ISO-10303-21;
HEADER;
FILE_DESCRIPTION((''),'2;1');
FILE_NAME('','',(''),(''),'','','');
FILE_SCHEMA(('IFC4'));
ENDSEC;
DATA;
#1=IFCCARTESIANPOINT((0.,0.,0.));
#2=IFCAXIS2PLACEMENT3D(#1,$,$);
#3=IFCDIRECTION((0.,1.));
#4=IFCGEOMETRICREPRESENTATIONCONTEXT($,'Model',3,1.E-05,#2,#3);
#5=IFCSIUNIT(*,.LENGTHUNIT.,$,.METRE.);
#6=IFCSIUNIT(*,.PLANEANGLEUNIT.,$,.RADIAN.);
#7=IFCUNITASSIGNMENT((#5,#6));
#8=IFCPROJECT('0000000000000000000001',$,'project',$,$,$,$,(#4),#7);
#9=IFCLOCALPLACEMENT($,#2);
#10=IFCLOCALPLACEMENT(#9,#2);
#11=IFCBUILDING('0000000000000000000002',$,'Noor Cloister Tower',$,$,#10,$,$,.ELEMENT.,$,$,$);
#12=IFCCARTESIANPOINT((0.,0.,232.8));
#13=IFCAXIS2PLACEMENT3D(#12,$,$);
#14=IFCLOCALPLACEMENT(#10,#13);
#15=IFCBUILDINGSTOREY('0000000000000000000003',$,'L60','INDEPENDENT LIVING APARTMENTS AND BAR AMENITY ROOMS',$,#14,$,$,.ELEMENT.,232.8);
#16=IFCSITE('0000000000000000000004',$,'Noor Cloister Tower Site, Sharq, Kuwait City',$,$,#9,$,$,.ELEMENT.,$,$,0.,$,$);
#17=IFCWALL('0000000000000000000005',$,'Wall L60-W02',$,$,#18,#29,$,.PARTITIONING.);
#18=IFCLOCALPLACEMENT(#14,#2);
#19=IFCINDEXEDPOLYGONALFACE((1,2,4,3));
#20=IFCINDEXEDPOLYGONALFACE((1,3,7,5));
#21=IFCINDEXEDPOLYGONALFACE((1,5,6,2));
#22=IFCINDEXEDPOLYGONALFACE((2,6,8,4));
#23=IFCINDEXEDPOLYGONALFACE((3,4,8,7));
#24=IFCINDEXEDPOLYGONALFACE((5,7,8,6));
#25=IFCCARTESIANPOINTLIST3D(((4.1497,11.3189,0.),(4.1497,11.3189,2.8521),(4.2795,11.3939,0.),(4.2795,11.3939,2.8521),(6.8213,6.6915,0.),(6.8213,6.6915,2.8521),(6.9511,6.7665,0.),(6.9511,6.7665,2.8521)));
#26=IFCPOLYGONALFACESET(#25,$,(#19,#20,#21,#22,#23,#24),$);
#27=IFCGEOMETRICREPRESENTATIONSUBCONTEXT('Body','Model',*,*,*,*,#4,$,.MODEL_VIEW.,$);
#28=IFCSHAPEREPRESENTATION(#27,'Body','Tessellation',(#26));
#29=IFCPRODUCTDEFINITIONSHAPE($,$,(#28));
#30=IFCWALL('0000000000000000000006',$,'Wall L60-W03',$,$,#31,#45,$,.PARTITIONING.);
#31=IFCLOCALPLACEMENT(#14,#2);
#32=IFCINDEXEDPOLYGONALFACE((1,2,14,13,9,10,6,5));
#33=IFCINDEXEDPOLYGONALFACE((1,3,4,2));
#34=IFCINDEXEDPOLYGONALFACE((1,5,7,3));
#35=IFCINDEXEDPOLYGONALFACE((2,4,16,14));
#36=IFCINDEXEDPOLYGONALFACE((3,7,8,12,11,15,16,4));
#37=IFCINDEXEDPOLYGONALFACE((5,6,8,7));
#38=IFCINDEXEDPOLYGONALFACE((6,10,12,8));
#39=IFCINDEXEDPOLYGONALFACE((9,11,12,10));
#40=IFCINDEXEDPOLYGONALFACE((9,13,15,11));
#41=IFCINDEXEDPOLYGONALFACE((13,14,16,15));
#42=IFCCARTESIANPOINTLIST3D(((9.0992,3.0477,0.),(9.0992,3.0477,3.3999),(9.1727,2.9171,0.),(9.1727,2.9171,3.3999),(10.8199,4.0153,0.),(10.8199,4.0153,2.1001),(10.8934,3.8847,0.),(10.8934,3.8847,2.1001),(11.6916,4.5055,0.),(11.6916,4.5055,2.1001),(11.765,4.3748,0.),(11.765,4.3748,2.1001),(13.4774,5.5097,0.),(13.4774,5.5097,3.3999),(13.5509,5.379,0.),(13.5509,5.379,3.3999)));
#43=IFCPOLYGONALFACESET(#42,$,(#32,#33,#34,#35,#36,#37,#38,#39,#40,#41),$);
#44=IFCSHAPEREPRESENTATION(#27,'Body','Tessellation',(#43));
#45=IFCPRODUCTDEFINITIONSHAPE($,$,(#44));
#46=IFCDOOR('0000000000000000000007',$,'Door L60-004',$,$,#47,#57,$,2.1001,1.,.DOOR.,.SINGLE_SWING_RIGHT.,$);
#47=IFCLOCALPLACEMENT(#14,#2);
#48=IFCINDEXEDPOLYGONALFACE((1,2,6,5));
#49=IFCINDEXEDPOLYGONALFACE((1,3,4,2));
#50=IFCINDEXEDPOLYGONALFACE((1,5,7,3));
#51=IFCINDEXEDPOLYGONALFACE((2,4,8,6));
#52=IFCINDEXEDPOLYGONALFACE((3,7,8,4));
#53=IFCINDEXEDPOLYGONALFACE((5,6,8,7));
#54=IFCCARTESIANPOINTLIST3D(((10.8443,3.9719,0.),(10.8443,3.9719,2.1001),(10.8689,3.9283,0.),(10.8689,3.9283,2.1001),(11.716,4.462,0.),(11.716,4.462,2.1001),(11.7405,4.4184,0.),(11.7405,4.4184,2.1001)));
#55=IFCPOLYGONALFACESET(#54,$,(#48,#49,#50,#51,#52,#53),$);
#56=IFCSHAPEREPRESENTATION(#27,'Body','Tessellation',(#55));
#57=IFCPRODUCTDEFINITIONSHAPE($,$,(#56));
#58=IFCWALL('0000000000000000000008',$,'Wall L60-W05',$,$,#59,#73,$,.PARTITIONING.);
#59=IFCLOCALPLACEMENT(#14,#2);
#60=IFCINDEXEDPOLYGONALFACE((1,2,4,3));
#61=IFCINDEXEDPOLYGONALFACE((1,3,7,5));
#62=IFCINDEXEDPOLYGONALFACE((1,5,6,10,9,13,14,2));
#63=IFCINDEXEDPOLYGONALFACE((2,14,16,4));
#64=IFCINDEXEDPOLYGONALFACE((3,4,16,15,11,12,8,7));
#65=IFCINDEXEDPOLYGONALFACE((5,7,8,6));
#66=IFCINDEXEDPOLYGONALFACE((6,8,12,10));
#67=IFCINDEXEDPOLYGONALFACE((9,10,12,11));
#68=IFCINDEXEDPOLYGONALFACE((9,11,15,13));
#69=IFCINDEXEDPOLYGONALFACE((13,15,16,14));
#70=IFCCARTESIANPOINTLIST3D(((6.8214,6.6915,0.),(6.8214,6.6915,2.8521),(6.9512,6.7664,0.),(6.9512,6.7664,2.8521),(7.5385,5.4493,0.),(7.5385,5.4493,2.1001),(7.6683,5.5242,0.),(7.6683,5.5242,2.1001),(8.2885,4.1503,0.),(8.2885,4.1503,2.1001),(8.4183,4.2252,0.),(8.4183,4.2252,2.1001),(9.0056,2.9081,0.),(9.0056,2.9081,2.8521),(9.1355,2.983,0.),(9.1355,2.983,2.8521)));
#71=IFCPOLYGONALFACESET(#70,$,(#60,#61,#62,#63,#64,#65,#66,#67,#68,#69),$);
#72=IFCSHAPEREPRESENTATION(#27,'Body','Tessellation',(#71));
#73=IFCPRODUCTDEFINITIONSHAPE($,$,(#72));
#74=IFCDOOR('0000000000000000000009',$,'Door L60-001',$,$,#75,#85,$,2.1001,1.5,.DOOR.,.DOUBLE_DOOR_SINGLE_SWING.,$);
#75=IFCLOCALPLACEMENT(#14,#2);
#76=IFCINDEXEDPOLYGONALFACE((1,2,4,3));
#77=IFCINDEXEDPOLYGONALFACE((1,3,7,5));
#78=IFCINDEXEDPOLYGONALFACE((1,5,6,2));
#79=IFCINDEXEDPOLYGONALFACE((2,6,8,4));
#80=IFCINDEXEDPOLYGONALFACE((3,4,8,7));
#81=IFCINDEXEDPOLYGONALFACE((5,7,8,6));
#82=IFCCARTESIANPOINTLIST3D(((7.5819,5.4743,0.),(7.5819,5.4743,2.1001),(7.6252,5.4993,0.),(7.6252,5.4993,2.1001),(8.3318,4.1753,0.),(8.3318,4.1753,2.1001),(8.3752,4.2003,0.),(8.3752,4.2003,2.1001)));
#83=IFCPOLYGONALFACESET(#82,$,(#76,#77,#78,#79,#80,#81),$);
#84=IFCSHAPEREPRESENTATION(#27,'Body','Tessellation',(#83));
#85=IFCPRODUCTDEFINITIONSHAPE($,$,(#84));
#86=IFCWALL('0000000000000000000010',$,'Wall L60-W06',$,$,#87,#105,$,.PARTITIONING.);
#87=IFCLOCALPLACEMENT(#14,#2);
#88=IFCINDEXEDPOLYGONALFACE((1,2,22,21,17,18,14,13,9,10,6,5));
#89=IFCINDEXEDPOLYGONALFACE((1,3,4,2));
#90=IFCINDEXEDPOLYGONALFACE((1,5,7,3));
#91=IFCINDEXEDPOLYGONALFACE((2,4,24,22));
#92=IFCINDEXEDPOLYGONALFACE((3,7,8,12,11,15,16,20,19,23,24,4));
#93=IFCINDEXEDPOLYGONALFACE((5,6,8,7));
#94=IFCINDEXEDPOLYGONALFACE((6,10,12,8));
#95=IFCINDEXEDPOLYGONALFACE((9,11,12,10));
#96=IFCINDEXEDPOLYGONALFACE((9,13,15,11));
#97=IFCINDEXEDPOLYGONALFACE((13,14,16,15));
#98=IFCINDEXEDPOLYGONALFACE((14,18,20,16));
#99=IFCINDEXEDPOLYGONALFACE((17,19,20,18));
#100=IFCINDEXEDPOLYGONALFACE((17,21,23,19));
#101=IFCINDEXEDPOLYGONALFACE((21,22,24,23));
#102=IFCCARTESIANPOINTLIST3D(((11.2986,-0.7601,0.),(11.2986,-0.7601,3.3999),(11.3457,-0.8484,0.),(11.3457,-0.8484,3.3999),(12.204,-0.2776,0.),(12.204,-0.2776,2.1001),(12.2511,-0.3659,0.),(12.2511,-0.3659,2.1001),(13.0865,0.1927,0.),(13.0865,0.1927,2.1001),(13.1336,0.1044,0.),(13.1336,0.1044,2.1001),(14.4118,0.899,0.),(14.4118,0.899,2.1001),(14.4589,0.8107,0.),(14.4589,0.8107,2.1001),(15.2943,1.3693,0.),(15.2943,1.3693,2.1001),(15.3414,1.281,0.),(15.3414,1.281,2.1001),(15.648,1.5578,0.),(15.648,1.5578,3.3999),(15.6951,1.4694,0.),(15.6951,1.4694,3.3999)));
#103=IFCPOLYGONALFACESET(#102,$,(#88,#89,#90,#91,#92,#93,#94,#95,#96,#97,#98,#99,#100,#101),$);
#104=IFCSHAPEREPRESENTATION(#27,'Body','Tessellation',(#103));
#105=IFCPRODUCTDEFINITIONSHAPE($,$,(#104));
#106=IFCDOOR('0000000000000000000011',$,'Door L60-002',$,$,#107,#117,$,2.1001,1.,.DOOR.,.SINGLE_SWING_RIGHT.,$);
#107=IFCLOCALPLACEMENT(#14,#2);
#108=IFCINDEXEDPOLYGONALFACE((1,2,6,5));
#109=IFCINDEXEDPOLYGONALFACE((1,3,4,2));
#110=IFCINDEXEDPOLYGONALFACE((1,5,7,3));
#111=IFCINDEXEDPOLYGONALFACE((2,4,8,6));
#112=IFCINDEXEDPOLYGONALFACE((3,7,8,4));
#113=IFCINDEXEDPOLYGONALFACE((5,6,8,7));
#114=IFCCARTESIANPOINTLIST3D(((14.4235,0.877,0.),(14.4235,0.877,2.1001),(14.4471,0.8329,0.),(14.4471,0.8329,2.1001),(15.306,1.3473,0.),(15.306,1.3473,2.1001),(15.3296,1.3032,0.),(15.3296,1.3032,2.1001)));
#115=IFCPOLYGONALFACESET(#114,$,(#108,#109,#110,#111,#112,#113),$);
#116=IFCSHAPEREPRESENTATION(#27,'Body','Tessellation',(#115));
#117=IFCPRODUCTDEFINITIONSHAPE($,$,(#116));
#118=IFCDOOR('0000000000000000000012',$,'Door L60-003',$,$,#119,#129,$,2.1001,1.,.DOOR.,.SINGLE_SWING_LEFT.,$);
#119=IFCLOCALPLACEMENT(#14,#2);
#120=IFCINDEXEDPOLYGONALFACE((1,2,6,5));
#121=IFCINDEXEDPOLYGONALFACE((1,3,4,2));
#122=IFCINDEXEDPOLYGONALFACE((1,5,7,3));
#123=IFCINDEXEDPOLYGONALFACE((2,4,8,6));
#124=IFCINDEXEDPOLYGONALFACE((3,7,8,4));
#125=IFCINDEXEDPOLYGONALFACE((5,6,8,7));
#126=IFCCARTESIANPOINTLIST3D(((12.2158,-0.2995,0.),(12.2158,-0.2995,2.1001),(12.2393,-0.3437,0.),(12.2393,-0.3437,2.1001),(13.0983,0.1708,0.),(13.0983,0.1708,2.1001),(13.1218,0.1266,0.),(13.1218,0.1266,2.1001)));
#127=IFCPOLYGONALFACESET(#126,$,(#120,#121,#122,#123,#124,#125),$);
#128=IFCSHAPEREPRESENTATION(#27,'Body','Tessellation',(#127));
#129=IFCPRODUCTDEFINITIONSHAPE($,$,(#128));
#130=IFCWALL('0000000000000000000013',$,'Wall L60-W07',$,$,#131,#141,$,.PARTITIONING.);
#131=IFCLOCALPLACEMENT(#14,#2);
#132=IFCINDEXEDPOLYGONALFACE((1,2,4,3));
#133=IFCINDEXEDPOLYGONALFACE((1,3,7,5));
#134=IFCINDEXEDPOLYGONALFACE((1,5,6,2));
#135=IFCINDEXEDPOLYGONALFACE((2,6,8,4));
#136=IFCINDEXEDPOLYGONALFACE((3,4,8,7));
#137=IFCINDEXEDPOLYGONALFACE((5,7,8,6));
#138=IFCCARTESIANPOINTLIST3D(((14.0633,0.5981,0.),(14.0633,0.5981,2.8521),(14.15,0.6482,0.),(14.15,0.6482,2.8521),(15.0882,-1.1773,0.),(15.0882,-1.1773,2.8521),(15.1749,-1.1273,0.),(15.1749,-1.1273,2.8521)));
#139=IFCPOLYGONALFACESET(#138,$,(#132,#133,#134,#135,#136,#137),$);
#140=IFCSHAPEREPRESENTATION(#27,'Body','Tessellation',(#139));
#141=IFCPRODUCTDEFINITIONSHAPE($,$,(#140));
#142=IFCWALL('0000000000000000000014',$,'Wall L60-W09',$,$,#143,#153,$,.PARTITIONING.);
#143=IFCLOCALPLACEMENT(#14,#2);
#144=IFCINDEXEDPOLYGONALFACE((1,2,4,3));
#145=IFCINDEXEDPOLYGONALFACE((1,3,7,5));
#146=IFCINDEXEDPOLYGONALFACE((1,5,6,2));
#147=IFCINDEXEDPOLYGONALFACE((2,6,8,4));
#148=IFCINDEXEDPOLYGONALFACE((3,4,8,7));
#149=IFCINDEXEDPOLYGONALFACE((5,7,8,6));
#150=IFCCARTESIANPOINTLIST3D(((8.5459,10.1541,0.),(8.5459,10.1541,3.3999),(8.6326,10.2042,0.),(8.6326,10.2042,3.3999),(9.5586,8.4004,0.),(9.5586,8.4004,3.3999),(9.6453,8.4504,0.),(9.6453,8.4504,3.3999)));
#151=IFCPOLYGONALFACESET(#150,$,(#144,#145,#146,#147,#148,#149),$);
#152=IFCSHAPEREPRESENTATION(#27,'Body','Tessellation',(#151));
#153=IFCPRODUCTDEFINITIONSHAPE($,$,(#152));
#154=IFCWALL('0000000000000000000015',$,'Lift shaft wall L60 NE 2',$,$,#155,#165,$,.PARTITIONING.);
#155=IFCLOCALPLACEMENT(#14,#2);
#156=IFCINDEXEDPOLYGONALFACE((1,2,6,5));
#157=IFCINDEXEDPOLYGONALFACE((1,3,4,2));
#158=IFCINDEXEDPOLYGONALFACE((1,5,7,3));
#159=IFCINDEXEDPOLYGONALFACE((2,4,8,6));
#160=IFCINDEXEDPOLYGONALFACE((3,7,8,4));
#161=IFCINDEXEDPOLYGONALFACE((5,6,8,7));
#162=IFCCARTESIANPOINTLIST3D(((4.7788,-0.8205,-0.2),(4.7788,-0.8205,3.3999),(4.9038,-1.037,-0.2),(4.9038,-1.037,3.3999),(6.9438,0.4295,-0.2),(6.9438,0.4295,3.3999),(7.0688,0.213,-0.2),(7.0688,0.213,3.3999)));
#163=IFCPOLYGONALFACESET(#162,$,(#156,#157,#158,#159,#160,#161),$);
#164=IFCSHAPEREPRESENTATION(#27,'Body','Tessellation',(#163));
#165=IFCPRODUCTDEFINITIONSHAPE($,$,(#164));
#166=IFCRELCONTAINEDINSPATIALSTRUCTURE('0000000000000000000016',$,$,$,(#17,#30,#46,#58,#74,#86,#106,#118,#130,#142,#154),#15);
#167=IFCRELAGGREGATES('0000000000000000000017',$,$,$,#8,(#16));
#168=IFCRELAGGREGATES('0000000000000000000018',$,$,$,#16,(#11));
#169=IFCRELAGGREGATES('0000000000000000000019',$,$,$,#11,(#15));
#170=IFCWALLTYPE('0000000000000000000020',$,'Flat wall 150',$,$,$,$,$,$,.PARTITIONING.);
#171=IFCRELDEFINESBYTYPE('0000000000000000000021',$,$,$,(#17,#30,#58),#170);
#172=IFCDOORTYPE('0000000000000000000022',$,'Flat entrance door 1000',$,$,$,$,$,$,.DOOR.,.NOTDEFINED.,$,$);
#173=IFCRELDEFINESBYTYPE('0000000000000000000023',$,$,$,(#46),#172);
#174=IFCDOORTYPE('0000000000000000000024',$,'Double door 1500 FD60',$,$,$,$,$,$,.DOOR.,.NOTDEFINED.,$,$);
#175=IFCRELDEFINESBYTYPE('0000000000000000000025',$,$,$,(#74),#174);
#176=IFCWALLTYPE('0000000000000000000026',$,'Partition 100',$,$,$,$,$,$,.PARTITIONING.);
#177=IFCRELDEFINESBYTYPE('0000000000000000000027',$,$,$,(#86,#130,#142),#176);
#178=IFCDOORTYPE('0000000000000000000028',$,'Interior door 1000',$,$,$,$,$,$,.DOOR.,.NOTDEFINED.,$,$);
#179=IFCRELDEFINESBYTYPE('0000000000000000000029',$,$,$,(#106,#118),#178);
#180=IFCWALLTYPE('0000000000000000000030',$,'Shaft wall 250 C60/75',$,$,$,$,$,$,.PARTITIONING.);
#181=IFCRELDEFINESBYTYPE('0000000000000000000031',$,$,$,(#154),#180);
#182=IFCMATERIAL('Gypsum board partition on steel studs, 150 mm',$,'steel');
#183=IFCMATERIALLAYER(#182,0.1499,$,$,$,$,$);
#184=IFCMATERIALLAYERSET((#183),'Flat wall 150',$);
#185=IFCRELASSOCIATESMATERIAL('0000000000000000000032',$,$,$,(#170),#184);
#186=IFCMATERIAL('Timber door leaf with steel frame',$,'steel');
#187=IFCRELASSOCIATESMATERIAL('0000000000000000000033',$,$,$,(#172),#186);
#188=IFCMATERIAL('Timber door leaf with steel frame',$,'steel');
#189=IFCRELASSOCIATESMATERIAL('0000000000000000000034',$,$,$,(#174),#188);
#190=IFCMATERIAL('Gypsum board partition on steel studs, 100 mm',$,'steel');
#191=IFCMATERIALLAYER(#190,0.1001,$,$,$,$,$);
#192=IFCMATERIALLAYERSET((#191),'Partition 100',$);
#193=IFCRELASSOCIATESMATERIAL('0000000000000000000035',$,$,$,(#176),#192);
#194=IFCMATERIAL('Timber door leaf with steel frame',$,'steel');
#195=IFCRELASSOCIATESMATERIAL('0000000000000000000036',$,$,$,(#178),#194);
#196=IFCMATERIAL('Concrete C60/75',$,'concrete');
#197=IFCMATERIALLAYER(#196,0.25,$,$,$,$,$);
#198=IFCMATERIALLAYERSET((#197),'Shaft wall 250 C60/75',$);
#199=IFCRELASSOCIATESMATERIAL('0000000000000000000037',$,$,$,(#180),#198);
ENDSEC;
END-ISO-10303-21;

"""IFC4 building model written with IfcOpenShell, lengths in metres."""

from ifc_helpers import new_model, si_unit, direction, frame, frame_2d, origin, place, context, subcontext, project, spatial, rectangle, extrude, material, layer, layer_set, type_object, element, fill, save


model = new_model("IFC4")

# Units and contexts
model_context = context("Model", 3, precision=1e-05, world=origin(), true_north=direction((0.0, 1.0)))
body_context = subcontext(model_context, "Body", "Model", "MODEL_VIEW")
ifc_project = project(units=[si_unit("LENGTHUNIT", "METRE"), si_unit("PLANEANGLEUNIT", "RADIAN")], contexts=[model_context])

# Site, building, storey
site_placement = place(None, origin())
site = spatial("IfcSite", under=ifc_project, at=site_placement, Name="Noor Cloister Tower Site, Sharq, Kuwait City", CompositionType="ELEMENT", RefElevation=0.0)
building_placement = place(site_placement, origin())
building = spatial("IfcBuilding", under=site, at=building_placement, Name="Noor Cloister Tower", CompositionType="ELEMENT")
storey_placement = place(building_placement, frame((0.0, 0.0, 232.8)))
storey = spatial("IfcBuildingStorey", under=building, at=storey_placement, Name="L60", Description="INDEPENDENT LIVING APARTMENTS AND BAR AMENITY ROOMS", CompositionType="ELEMENT", Elevation=232.8)

# Wall
ifc_material_1 = material(Name="Gypsum board partition on steel studs, 150 mm", Category="steel")
ifc_layer_1 = layer(ifc_material_1, 0.1499)
ifc_layer_set_1 = layer_set([ifc_layer_1], Name="Flat wall 150")
wall_type_1 = type_object("IfcWallType", Name="Flat wall 150", PredefinedType="PARTITIONING", material=ifc_layer_set_1)
wall_1_placement = place(storey_placement, frame((6.8862, 6.729, 0.0), z_axis=(0.0, 0.0, 1.0), x_axis=(-0.499997, 0.866027, 0.0)))
element("IfcWall", 1, at=wall_1_placement, inside=storey, type_object=wall_type_1, Name="Wall L60-W02", PredefinedType="PARTITIONING", context=body_context, shape_type="SweptSolid", body=[
    extrude(rectangle(XDim=5.3433, YDim=0.1499, at=frame_2d((2.6716, 0.0))), origin(), (0.0, 0.0, 1.0), 2.8521),
])

# Walls, openings, doors
wall_2_placement = place(storey_placement, frame((13.5142, 5.4443, 0.0), z_axis=(0.0, 0.0, 1.0), x_axis=(-0.871644, -0.490139, 0.0)))
wall_2 = element("IfcWall", 2, at=wall_2_placement, inside=storey, type_object=wall_type_1, Name="Wall L60-W03", PredefinedType="PARTITIONING", context=body_context, shape_type="SweptSolid", body=[
    extrude(rectangle(XDim=5.0229, YDim=0.1499, at=frame_2d((2.5115, 0.0))), origin(), (0.0, 0.0, 1.0), 3.3999),
])
opening_1_placement = place(wall_2_placement, frame((2.0488, 0.0, 0.0)))
opening_1 = element("IfcOpeningElement", 3, at=opening_1_placement, cuts=wall_2, PredefinedType="OPENING", context=body_context, shape_type="SweptSolid", body=[
    extrude(rectangle(XDim=1.0, YDim=2.1001, at=frame_2d((0.5, 1.05))), frame((0.0, 0.085, 0.0), z_axis=(0.0, -1.0, 0.0), x_axis=(1.0, 0.0, 0.0)), (0.0, 0.0, 1.0), 0.1699),
])
ifc_material_2 = material(Name="Timber door leaf with steel frame", Category="steel")
door_type_1 = type_object("IfcDoorType", Name="Flat entrance door 1000", OperationType="NOTDEFINED", PredefinedType="DOOR", material=ifc_material_2)
door_1_placement = place(opening_1_placement, origin())
door_1 = element("IfcDoor", 4, at=door_1_placement, inside=storey, type_object=door_type_1, Name="Door L60-004", OperationType="SINGLE_SWING_RIGHT", OverallHeight=2.1001, OverallWidth=1.0, PredefinedType="DOOR", context=body_context, shape_type="SweptSolid", body=[
    extrude(rectangle(XDim=1.0, YDim=2.1001, at=frame_2d((0.5, 1.05))), frame((0.0, 0.0249, 0.0), z_axis=(0.0, -1.0, 0.0), x_axis=(1.0, 0.0, 0.0)), (0.0, 0.0, 1.0), 0.05),
])
fill(opening_1, door_1)
wall_3_placement = place(storey_placement, frame((9.0706, 2.9456, 0.0), z_axis=(0.0, 0.0, 1.0), x_axis=(-0.499992, 0.86603, 0.0)))
wall_3 = element("IfcWall", 5, at=wall_3_placement, inside=storey, type_object=wall_type_1, Name="Wall L60-W05", PredefinedType="PARTITIONING", context=body_context, shape_type="SweptSolid", body=[
    extrude(rectangle(XDim=4.3687, YDim=0.1499, at=frame_2d((2.1843, 0.0))), origin(), (0.0, 0.0, 1.0), 2.8521),
])
opening_2_placement = place(wall_3_placement, frame((1.4343, 0.0, 0.0)))
opening_2 = element("IfcOpeningElement", 6, at=opening_2_placement, cuts=wall_3, PredefinedType="OPENING", context=body_context, shape_type="SweptSolid", body=[
    extrude(rectangle(XDim=1.5, YDim=2.1001, at=frame_2d((0.75, 1.05))), frame((0.0, 0.085, 0.0), z_axis=(0.0, -1.0, 0.0), x_axis=(1.0, 0.0, 0.0)), (0.0, 0.0, 1.0), 0.1699),
])
ifc_material_3 = material(Name="Timber door leaf with steel frame", Category="steel")
door_type_2 = type_object("IfcDoorType", Name="Double door 1500 FD60", OperationType="NOTDEFINED", PredefinedType="DOOR", material=ifc_material_3)
door_2_placement = place(opening_2_placement, origin())
door_2 = element("IfcDoor", 7, at=door_2_placement, inside=storey, type_object=door_type_2, Name="Door L60-001", OperationType="DOUBLE_DOOR_SINGLE_SWING", OverallHeight=2.1001, OverallWidth=1.5, PredefinedType="DOOR", context=body_context, shape_type="SweptSolid", body=[
    extrude(rectangle(XDim=1.5, YDim=2.1001, at=frame_2d((0.75, 1.05))), frame((0.0, 0.0249, 0.0), z_axis=(0.0, -1.0, 0.0), x_axis=(1.0, 0.0, 0.0)), (0.0, 0.0, 1.0), 0.05),
])
fill(opening_2, door_2)

# Wall, openings, doors
ifc_material_4 = material(Name="Gypsum board partition on steel studs, 100 mm", Category="steel")
ifc_layer_2 = layer(ifc_material_4, 0.1001)
ifc_layer_set_2 = layer_set([ifc_layer_2], Name="Partition 100")
wall_type_2 = type_object("IfcWallType", Name="Partition 100", PredefinedType="PARTITIONING", material=ifc_layer_set_2)
wall_4_placement = place(storey_placement, frame((15.6716, 1.5137, 0.0), z_axis=(0.0, 0.0, 1.0), x_axis=(-0.882504, -0.470305, 0.0)))
wall_4 = element("IfcWall", 8, at=wall_4_placement, inside=storey, type_object=wall_type_2, Name="Wall L60-W06", PredefinedType="PARTITIONING", context=body_context, shape_type="SweptSolid", body=[
    extrude(rectangle(XDim=4.9285, YDim=0.1001, at=frame_2d((2.4644, 0.0))), origin(), (0.0, 0.0, 1.0), 3.3999),
])
opening_3_placement = place(wall_4_placement, frame((0.4009, 0.0, 0.0)))
opening_3 = element("IfcOpeningElement", 9, at=opening_3_placement, cuts=wall_4, PredefinedType="OPENING", context=body_context, shape_type="SweptSolid", body=[
    extrude(rectangle(XDim=1.0, YDim=2.1001, at=frame_2d((0.5, 1.05))), frame((0.0, 0.0601, 0.0), z_axis=(0.0, -1.0, 0.0), x_axis=(1.0, 0.0, 0.0)), (0.0, 0.0, 1.0), 0.1201),
])
opening_4_placement = place(wall_4_placement, frame((2.9026, 0.0, 0.0)))
opening_4 = element("IfcOpeningElement", 10, at=opening_4_placement, cuts=wall_4, PredefinedType="OPENING", context=body_context, shape_type="SweptSolid", body=[
    extrude(rectangle(XDim=1.0, YDim=2.1001, at=frame_2d((0.5, 1.05))), frame((0.0, 0.0601, 0.0), z_axis=(0.0, -1.0, 0.0), x_axis=(1.0, 0.0, 0.0)), (0.0, 0.0, 1.0), 0.1201),
])
ifc_material_5 = material(Name="Timber door leaf with steel frame", Category="steel")
door_type_3 = type_object("IfcDoorType", Name="Interior door 1000", OperationType="NOTDEFINED", PredefinedType="DOOR", material=ifc_material_5)
door_3_placement = place(opening_3_placement, origin())
door_3 = element("IfcDoor", 11, at=door_3_placement, inside=storey, type_object=door_type_3, Name="Door L60-002", OperationType="SINGLE_SWING_RIGHT", OverallHeight=2.1001, OverallWidth=1.0, PredefinedType="DOOR", context=body_context, shape_type="SweptSolid", body=[
    extrude(rectangle(XDim=1.0, YDim=2.1001, at=frame_2d((0.5, 1.05))), frame((0.0, 0.0249, 0.0), z_axis=(0.0, -1.0, 0.0), x_axis=(1.0, 0.0, 0.0)), (0.0, 0.0, 1.0), 0.05),
])
fill(opening_3, door_3)
door_4_placement = place(opening_4_placement, origin())
door_4 = element("IfcDoor", 12, at=door_4_placement, inside=storey, type_object=door_type_3, Name="Door L60-003", OperationType="SINGLE_SWING_LEFT", OverallHeight=2.1001, OverallWidth=1.0, PredefinedType="DOOR", context=body_context, shape_type="SweptSolid", body=[
    extrude(rectangle(XDim=1.0, YDim=2.1001, at=frame_2d((0.5, 1.05))), frame((0.0, 0.0249, 0.0), z_axis=(0.0, -1.0, 0.0), x_axis=(1.0, 0.0, 0.0)), (0.0, 0.0, 1.0), 0.05),
])
fill(opening_4, door_4)

# Walls
wall_5_placement = place(storey_placement, frame((14.1067, 0.623, 0.0), z_axis=(0.0, 0.0, 1.0), x_axis=(0.499956, -0.866051, 0.0)))
element("IfcWall", 13, at=wall_5_placement, inside=storey, type_object=wall_type_2, Name="Wall L60-W07", PredefinedType="PARTITIONING", context=body_context, shape_type="SweptSolid", body=[
    extrude(rectangle(XDim=2.05, YDim=0.1001, at=frame_2d((1.0249, 0.0))), origin(), (0.0, 0.0, 1.0), 2.8521),
])
wall_6_placement = place(storey_placement, frame((9.6021, 8.4253, 0.0), z_axis=(0.0, 0.0, 1.0), x_axis=(-0.500081, 0.865979, 0.0)))
element("IfcWall", 14, at=wall_6_placement, inside=storey, type_object=wall_type_2, Name="Wall L60-W09", PredefinedType="PARTITIONING", context=body_context, shape_type="SweptSolid", body=[
    extrude(rectangle(XDim=2.0251, YDim=0.1001, at=frame_2d((1.0127, 0.0))), origin(), (0.0, 0.0, 1.0), 3.3999),
])
ifc_material_6 = material(Name="Concrete C60/75", Category="concrete")
ifc_layer_3 = layer(ifc_material_6, 0.25)
ifc_layer_set_3 = layer_set([ifc_layer_3], Name="Shaft wall 250 C60/75")
wall_type_3 = type_object("IfcWallType", Name="Shaft wall 250 C60/75", PredefinedType="PARTITIONING", material=ifc_layer_set_3)
wall_7_placement = place(storey_placement, frame((7.0063, 0.3213, -0.2), z_axis=(0.0, 0.0, 1.0), x_axis=(-0.866023, -0.500004, 0.0)))
element("IfcWall", 15, at=wall_7_placement, inside=storey, type_object=wall_type_3, Name="Lift shaft wall L60 NE 2", PredefinedType="PARTITIONING", context=body_context, shape_type="SweptSolid", body=[
    extrude(rectangle(XDim=2.5, YDim=0.25, at=frame_2d((1.25, 0.0))), origin(), (0.0, 0.0, 1.0), 3.5999),
])

save(model, "model.ifc")
